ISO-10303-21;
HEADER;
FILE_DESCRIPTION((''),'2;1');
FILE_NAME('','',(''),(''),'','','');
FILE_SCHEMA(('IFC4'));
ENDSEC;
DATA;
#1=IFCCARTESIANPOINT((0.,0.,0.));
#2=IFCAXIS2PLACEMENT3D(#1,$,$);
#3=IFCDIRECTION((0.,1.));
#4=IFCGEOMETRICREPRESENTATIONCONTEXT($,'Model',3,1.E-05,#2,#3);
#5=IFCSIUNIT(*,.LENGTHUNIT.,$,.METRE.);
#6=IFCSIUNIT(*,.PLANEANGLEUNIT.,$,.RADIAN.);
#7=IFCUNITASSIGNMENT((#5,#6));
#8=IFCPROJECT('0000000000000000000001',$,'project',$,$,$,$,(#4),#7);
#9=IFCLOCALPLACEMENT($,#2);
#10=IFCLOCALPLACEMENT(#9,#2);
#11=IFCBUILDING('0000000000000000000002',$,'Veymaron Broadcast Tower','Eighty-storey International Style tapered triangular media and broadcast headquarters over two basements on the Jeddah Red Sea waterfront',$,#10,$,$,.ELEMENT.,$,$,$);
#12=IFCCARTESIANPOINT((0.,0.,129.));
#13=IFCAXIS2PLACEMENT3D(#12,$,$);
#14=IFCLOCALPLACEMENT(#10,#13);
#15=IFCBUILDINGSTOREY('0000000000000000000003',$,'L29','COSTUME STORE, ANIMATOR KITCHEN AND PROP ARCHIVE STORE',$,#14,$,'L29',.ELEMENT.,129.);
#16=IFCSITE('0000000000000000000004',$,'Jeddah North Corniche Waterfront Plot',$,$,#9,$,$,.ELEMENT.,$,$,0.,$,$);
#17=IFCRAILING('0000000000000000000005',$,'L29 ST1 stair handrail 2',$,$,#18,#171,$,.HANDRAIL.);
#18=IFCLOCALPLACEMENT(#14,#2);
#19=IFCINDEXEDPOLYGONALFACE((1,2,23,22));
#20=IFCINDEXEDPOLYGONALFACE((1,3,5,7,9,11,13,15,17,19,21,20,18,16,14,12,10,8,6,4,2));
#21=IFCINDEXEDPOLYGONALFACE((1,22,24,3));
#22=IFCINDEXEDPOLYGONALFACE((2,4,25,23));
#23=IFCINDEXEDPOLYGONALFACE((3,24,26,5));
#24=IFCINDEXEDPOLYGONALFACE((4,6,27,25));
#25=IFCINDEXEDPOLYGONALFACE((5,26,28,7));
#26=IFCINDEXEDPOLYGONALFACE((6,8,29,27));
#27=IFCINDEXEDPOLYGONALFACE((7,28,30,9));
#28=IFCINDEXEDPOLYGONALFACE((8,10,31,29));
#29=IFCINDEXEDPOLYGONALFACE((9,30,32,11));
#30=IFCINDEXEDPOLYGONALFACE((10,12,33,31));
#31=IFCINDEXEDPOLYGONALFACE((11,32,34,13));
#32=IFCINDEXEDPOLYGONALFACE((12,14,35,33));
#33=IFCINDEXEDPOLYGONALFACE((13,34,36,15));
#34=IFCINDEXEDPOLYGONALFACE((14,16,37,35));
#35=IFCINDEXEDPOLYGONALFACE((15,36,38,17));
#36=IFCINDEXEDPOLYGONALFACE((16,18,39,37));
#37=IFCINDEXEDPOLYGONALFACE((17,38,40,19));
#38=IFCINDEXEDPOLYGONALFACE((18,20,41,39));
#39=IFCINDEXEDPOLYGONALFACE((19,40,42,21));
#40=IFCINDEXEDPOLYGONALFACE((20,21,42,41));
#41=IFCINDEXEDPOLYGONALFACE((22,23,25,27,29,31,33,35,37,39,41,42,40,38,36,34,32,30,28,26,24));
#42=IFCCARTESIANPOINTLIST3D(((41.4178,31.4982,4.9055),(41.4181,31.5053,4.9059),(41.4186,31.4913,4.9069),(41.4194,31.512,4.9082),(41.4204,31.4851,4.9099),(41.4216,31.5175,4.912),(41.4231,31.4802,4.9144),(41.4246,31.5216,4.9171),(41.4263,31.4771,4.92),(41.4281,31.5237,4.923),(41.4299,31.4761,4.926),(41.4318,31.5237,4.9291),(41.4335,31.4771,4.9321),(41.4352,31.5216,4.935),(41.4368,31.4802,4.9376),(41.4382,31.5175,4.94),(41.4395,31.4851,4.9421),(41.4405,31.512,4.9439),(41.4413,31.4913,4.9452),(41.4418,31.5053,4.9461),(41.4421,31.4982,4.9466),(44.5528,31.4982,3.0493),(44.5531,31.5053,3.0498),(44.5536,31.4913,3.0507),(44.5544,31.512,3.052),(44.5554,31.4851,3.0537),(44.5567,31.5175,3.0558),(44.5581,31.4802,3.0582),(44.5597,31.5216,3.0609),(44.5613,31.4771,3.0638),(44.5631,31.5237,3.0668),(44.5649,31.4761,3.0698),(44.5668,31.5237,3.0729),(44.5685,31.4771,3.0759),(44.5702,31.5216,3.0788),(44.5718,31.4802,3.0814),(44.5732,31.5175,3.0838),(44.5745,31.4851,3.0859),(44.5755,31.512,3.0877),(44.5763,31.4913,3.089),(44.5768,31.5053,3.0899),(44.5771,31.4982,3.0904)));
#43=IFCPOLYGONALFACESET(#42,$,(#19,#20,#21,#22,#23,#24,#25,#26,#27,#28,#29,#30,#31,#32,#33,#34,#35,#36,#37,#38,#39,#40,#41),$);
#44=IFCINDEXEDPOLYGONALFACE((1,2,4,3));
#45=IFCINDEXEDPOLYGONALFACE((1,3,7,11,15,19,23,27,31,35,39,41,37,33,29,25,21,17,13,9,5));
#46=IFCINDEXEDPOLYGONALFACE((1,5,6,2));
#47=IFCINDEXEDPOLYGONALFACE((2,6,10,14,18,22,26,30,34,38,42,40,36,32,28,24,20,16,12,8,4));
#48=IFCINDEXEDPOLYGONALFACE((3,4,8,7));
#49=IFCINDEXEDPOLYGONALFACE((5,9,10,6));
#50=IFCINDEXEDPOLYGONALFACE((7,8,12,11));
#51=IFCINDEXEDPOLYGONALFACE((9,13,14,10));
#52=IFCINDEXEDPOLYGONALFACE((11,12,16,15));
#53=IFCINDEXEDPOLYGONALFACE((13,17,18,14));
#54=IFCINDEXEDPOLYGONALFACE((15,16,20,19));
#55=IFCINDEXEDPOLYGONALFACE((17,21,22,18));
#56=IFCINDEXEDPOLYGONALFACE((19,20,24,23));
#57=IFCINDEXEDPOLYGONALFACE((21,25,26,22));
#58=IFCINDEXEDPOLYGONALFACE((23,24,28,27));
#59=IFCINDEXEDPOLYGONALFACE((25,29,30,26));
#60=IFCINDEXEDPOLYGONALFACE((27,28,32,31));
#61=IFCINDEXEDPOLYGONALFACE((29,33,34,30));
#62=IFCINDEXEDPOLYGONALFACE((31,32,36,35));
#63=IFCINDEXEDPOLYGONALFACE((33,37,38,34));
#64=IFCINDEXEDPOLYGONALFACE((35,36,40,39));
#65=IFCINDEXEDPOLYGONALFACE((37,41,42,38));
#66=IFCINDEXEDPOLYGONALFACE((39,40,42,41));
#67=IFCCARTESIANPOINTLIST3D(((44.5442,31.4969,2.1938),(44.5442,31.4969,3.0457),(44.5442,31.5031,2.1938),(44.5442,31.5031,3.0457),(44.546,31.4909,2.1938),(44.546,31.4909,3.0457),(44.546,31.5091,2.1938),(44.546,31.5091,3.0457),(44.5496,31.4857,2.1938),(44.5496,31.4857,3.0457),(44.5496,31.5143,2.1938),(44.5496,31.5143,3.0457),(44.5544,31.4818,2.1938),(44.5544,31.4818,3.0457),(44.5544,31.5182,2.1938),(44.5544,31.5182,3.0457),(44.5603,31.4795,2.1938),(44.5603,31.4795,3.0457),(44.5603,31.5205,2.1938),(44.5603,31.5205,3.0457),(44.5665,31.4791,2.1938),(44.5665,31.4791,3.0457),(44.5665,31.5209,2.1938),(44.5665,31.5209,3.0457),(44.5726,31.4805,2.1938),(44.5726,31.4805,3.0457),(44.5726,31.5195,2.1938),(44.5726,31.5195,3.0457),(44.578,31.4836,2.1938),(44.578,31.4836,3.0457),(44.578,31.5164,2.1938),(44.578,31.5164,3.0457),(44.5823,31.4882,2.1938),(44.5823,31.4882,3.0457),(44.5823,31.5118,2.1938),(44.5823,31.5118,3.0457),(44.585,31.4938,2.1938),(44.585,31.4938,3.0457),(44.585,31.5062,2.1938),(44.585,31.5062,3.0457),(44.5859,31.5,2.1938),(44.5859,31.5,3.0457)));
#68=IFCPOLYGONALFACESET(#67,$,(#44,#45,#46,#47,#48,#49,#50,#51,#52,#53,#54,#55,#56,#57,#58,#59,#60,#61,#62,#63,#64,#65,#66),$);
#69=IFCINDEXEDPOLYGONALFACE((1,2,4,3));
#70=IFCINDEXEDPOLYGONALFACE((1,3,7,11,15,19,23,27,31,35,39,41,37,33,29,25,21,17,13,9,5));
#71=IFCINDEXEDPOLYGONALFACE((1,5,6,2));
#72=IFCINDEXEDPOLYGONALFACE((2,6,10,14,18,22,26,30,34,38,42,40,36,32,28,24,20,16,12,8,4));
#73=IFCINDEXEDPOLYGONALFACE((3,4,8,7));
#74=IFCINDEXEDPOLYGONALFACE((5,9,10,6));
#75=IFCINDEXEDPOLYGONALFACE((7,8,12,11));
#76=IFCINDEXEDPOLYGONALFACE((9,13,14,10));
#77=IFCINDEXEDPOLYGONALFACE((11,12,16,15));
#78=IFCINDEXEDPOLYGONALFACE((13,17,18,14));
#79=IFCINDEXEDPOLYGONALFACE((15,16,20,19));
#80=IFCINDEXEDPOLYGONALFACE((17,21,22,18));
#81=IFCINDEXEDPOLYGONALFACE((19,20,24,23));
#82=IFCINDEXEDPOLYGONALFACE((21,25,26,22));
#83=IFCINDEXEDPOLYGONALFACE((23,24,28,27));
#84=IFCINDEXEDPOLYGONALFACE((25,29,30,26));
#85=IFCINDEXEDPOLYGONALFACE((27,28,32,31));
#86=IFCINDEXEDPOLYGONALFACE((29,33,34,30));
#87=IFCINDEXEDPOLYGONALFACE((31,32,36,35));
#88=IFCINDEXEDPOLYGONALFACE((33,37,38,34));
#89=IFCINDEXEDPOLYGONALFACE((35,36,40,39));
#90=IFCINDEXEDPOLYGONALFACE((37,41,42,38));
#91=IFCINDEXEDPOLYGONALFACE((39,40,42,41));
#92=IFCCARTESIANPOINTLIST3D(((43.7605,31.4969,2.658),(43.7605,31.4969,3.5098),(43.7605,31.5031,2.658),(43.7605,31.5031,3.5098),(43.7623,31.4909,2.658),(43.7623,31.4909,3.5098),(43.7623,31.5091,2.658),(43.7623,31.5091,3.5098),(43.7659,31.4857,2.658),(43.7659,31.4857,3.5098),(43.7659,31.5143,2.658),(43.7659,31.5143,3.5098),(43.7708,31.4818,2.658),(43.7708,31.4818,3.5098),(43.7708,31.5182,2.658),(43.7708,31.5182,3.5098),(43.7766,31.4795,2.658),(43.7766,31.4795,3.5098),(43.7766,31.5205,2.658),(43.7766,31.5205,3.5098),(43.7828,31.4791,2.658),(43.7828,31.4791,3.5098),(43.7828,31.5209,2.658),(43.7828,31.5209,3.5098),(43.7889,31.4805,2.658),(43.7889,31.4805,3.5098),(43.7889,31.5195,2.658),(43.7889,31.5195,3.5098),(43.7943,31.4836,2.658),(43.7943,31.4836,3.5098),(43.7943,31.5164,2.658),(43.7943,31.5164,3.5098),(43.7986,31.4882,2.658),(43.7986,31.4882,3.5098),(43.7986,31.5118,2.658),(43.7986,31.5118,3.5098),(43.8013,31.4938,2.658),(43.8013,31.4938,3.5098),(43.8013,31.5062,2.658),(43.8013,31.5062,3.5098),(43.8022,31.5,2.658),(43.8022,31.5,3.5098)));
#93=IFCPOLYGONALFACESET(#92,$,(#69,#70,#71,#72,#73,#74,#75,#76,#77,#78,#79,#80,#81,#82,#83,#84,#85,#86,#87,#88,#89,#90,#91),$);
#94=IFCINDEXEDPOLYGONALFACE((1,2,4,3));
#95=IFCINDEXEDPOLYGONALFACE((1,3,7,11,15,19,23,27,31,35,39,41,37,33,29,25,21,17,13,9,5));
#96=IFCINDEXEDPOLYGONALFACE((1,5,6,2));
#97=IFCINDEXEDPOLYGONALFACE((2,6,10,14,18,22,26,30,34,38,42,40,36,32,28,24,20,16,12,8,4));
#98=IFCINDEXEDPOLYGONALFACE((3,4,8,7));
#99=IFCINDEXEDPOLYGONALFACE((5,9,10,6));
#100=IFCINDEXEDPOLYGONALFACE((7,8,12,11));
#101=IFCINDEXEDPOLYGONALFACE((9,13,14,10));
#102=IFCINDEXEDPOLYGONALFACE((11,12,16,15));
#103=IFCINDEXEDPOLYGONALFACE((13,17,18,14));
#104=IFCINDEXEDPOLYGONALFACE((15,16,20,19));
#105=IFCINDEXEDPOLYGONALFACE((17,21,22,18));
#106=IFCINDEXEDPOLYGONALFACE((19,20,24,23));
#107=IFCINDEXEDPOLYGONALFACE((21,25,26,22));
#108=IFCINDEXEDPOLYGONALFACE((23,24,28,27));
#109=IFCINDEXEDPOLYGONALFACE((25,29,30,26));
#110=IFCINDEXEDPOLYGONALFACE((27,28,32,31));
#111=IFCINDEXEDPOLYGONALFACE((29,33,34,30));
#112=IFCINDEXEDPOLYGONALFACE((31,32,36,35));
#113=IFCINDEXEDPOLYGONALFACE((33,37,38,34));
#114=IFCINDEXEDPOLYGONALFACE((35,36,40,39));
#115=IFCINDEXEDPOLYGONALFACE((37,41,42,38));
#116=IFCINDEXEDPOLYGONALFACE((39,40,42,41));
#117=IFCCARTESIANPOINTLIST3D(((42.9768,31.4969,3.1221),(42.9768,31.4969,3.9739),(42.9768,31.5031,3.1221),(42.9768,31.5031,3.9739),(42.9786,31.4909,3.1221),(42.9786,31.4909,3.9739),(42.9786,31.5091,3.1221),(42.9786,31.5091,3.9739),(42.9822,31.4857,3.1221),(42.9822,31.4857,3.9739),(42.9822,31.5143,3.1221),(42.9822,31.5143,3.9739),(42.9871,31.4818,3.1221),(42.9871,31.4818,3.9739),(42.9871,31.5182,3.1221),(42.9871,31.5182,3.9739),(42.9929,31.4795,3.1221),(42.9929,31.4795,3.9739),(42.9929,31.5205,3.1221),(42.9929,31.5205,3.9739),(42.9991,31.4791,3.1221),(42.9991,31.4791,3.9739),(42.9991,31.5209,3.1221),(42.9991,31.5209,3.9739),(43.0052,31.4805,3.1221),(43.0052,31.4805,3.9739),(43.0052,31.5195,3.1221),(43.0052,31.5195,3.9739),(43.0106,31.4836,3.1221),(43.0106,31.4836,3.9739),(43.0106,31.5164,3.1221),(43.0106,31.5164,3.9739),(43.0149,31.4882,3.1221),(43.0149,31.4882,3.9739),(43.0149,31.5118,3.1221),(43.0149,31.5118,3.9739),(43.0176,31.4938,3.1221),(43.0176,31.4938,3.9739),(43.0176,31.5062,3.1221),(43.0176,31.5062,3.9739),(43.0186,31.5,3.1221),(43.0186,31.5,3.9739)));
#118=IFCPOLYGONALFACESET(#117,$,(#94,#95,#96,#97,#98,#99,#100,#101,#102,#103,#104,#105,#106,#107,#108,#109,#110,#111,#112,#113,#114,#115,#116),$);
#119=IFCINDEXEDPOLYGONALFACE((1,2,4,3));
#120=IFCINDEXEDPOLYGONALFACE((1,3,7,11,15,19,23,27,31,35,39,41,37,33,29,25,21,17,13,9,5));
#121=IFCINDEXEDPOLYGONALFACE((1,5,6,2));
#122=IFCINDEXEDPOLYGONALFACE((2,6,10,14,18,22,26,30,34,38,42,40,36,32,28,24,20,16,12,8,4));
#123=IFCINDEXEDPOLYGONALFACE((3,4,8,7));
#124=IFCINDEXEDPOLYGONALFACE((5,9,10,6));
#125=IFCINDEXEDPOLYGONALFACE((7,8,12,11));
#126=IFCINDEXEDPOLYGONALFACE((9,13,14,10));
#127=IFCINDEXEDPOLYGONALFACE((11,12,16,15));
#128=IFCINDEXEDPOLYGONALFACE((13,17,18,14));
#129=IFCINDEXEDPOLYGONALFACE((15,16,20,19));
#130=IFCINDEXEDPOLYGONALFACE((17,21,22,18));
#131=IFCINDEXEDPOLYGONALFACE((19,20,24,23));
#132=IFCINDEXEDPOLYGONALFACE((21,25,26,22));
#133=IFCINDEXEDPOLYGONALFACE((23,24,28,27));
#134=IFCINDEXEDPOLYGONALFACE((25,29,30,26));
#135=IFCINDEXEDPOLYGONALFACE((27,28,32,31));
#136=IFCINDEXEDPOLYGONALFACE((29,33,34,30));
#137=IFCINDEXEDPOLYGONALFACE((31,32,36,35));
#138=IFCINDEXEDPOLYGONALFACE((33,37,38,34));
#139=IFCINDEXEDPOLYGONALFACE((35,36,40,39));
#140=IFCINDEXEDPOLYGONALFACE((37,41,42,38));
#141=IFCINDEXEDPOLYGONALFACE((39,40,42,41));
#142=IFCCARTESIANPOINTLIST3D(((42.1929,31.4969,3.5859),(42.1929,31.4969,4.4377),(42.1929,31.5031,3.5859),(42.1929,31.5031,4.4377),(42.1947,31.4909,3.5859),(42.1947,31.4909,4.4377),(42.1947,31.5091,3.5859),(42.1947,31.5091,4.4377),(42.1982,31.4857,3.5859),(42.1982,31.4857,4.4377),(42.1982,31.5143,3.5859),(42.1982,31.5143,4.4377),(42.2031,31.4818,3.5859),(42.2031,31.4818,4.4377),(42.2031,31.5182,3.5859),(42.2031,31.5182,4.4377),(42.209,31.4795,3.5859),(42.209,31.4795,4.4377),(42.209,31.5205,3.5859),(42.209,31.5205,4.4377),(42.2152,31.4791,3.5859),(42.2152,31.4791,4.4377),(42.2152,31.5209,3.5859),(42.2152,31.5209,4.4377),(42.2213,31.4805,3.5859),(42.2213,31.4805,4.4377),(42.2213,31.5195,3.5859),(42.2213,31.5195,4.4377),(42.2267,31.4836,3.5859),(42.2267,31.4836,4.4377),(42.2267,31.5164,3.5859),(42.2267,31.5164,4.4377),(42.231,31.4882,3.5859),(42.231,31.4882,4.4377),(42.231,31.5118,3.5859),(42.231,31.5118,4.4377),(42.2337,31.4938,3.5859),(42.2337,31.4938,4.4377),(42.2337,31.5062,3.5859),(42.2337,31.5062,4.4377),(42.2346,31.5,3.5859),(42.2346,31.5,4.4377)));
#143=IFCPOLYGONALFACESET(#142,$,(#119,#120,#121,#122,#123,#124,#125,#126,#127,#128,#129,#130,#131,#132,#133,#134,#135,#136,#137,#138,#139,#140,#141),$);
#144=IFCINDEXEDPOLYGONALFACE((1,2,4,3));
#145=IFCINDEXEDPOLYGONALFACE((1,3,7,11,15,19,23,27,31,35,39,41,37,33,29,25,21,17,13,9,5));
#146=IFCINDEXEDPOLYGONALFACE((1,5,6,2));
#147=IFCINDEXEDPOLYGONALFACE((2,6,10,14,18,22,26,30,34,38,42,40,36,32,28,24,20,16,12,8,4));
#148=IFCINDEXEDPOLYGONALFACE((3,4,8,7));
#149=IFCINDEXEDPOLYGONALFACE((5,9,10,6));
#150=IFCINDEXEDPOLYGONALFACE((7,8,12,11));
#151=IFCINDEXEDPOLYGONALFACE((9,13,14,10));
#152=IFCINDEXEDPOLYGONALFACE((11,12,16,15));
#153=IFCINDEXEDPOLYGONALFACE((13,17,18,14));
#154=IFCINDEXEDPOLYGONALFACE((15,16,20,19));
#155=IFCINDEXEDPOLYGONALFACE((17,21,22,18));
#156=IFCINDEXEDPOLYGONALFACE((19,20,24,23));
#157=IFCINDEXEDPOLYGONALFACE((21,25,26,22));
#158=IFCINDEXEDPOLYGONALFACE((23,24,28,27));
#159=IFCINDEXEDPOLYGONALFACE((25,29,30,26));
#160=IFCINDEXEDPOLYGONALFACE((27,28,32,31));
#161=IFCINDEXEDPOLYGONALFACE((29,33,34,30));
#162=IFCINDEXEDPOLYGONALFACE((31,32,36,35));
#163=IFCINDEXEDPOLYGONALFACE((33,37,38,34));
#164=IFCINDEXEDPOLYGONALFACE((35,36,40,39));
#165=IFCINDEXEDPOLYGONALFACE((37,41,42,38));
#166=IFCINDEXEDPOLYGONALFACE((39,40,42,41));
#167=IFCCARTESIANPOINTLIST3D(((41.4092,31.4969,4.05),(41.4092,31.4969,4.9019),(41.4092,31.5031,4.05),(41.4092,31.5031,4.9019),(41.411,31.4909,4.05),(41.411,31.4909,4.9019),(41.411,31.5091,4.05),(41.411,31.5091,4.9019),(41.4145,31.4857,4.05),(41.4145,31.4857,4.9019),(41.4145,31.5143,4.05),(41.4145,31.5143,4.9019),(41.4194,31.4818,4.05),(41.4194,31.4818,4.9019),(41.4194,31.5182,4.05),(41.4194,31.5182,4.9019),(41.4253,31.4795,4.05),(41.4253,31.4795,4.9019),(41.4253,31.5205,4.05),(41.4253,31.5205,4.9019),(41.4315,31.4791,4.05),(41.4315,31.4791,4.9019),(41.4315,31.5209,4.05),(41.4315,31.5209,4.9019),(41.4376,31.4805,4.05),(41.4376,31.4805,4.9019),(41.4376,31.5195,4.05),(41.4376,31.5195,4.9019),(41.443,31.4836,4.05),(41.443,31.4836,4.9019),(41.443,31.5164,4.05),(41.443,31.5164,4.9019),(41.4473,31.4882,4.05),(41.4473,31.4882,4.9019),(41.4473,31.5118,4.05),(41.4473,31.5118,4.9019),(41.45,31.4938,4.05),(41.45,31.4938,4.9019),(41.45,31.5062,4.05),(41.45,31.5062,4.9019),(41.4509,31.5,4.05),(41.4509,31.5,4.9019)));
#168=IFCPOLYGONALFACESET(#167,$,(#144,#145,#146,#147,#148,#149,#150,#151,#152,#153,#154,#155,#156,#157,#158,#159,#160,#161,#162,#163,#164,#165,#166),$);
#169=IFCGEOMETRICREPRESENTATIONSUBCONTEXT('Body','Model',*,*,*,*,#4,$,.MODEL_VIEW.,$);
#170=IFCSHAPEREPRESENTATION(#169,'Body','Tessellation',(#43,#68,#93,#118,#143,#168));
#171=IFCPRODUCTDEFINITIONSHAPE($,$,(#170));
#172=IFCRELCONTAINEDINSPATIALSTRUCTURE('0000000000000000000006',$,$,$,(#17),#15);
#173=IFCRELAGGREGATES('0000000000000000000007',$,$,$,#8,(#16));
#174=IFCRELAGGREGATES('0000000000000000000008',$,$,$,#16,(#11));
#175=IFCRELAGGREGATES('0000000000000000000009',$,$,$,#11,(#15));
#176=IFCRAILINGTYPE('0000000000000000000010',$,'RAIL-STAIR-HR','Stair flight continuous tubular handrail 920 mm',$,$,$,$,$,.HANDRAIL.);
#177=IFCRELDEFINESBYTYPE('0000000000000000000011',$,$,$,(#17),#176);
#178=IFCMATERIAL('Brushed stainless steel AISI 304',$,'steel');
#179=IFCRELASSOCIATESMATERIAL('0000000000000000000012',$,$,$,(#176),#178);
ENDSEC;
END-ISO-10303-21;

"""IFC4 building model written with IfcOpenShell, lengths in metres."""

from ifc_helpers import new_model, si_unit, direction, frame, origin, origin_2d, place, context, subcontext, project, spatial, circle, extrude, material, type_object, element, save


model = new_model("IFC4")

# Units and contexts
model_context = context("Model", 3, precision=1e-05, world=origin(), true_north=direction((0.0, 1.0)))
body_context = subcontext(model_context, "Body", "Model", "MODEL_VIEW")
ifc_project = project(units=[si_unit("LENGTHUNIT", "METRE"), si_unit("PLANEANGLEUNIT", "RADIAN")], contexts=[model_context])

# Site, building, storey
site_placement = place(None, origin())
site = spatial("IfcSite", under=ifc_project, at=site_placement, Name="Jeddah North Corniche Waterfront Plot", CompositionType="ELEMENT", RefElevation=0.0)
building_placement = place(site_placement, origin())
building = spatial("IfcBuilding", under=site, at=building_placement, Name="Veymaron Broadcast Tower", Description="Eighty-storey International Style tapered triangular media and broadcast headquarters over two basements on the Jeddah Red Sea waterfront", CompositionType="ELEMENT")
storey_placement = place(building_placement, frame((0.0, 0.0, 129.0)))
storey = spatial("IfcBuildingStorey", under=building, at=storey_placement, Name="L29", Description="COSTUME STORE, ANIMATOR KITCHEN AND PROP ARCHIVE STORE", LongName="L29", CompositionType="ELEMENT", Elevation=129.0)

# Shared definitions
ifc_material_1 = material(Name="Brushed stainless steel AISI 304", Category="steel")

# Railing
railing_type_1 = type_object("IfcRailingType", Name="RAIL-STAIR-HR", Description="Stair flight continuous tubular handrail 920 mm", PredefinedType="HANDRAIL", material=ifc_material_1)
railing_1_placement = place(storey_placement, frame((44.5649, 31.5, 2.1938)))
element("IfcRailing", 1, at=railing_1_placement, inside=storey, type_object=railing_type_1, Name="L29 ST1 stair handrail 2", PredefinedType="HANDRAIL", context=body_context, shape_type="SweptSolid", body=[
    extrude(circle(Radius=0.0239, at=origin_2d()), frame((0.0, 0.0, 0.876), z_axis=(-0.860482, 0.0, 0.509481), x_axis=(0.0, -1.0, 0.0)), (0.0, 0.0, 1.0), 3.6433),
    extrude(circle(Radius=0.021, at=origin_2d()), origin(), (0.0, 0.0, 1.0), 0.8518),
    extrude(circle(Radius=0.021, at=origin_2d()), frame((-0.7837, 0.0, 0.4641)), (0.0, 0.0, 1.0), 0.8518),
    extrude(circle(Radius=0.021, at=origin_2d()), frame((-1.5674, 0.0, 0.9282)), (0.0, 0.0, 1.0), 0.8518),
    extrude(circle(Radius=0.021, at=origin_2d()), frame((-2.3513, 0.0, 1.3921)), (0.0, 0.0, 1.0), 0.8518),
    extrude(circle(Radius=0.021, at=origin_2d()), frame((-3.135, 0.0, 1.8562)), (0.0, 0.0, 1.0), 0.8518),
])

save(model, "model.ifc")
